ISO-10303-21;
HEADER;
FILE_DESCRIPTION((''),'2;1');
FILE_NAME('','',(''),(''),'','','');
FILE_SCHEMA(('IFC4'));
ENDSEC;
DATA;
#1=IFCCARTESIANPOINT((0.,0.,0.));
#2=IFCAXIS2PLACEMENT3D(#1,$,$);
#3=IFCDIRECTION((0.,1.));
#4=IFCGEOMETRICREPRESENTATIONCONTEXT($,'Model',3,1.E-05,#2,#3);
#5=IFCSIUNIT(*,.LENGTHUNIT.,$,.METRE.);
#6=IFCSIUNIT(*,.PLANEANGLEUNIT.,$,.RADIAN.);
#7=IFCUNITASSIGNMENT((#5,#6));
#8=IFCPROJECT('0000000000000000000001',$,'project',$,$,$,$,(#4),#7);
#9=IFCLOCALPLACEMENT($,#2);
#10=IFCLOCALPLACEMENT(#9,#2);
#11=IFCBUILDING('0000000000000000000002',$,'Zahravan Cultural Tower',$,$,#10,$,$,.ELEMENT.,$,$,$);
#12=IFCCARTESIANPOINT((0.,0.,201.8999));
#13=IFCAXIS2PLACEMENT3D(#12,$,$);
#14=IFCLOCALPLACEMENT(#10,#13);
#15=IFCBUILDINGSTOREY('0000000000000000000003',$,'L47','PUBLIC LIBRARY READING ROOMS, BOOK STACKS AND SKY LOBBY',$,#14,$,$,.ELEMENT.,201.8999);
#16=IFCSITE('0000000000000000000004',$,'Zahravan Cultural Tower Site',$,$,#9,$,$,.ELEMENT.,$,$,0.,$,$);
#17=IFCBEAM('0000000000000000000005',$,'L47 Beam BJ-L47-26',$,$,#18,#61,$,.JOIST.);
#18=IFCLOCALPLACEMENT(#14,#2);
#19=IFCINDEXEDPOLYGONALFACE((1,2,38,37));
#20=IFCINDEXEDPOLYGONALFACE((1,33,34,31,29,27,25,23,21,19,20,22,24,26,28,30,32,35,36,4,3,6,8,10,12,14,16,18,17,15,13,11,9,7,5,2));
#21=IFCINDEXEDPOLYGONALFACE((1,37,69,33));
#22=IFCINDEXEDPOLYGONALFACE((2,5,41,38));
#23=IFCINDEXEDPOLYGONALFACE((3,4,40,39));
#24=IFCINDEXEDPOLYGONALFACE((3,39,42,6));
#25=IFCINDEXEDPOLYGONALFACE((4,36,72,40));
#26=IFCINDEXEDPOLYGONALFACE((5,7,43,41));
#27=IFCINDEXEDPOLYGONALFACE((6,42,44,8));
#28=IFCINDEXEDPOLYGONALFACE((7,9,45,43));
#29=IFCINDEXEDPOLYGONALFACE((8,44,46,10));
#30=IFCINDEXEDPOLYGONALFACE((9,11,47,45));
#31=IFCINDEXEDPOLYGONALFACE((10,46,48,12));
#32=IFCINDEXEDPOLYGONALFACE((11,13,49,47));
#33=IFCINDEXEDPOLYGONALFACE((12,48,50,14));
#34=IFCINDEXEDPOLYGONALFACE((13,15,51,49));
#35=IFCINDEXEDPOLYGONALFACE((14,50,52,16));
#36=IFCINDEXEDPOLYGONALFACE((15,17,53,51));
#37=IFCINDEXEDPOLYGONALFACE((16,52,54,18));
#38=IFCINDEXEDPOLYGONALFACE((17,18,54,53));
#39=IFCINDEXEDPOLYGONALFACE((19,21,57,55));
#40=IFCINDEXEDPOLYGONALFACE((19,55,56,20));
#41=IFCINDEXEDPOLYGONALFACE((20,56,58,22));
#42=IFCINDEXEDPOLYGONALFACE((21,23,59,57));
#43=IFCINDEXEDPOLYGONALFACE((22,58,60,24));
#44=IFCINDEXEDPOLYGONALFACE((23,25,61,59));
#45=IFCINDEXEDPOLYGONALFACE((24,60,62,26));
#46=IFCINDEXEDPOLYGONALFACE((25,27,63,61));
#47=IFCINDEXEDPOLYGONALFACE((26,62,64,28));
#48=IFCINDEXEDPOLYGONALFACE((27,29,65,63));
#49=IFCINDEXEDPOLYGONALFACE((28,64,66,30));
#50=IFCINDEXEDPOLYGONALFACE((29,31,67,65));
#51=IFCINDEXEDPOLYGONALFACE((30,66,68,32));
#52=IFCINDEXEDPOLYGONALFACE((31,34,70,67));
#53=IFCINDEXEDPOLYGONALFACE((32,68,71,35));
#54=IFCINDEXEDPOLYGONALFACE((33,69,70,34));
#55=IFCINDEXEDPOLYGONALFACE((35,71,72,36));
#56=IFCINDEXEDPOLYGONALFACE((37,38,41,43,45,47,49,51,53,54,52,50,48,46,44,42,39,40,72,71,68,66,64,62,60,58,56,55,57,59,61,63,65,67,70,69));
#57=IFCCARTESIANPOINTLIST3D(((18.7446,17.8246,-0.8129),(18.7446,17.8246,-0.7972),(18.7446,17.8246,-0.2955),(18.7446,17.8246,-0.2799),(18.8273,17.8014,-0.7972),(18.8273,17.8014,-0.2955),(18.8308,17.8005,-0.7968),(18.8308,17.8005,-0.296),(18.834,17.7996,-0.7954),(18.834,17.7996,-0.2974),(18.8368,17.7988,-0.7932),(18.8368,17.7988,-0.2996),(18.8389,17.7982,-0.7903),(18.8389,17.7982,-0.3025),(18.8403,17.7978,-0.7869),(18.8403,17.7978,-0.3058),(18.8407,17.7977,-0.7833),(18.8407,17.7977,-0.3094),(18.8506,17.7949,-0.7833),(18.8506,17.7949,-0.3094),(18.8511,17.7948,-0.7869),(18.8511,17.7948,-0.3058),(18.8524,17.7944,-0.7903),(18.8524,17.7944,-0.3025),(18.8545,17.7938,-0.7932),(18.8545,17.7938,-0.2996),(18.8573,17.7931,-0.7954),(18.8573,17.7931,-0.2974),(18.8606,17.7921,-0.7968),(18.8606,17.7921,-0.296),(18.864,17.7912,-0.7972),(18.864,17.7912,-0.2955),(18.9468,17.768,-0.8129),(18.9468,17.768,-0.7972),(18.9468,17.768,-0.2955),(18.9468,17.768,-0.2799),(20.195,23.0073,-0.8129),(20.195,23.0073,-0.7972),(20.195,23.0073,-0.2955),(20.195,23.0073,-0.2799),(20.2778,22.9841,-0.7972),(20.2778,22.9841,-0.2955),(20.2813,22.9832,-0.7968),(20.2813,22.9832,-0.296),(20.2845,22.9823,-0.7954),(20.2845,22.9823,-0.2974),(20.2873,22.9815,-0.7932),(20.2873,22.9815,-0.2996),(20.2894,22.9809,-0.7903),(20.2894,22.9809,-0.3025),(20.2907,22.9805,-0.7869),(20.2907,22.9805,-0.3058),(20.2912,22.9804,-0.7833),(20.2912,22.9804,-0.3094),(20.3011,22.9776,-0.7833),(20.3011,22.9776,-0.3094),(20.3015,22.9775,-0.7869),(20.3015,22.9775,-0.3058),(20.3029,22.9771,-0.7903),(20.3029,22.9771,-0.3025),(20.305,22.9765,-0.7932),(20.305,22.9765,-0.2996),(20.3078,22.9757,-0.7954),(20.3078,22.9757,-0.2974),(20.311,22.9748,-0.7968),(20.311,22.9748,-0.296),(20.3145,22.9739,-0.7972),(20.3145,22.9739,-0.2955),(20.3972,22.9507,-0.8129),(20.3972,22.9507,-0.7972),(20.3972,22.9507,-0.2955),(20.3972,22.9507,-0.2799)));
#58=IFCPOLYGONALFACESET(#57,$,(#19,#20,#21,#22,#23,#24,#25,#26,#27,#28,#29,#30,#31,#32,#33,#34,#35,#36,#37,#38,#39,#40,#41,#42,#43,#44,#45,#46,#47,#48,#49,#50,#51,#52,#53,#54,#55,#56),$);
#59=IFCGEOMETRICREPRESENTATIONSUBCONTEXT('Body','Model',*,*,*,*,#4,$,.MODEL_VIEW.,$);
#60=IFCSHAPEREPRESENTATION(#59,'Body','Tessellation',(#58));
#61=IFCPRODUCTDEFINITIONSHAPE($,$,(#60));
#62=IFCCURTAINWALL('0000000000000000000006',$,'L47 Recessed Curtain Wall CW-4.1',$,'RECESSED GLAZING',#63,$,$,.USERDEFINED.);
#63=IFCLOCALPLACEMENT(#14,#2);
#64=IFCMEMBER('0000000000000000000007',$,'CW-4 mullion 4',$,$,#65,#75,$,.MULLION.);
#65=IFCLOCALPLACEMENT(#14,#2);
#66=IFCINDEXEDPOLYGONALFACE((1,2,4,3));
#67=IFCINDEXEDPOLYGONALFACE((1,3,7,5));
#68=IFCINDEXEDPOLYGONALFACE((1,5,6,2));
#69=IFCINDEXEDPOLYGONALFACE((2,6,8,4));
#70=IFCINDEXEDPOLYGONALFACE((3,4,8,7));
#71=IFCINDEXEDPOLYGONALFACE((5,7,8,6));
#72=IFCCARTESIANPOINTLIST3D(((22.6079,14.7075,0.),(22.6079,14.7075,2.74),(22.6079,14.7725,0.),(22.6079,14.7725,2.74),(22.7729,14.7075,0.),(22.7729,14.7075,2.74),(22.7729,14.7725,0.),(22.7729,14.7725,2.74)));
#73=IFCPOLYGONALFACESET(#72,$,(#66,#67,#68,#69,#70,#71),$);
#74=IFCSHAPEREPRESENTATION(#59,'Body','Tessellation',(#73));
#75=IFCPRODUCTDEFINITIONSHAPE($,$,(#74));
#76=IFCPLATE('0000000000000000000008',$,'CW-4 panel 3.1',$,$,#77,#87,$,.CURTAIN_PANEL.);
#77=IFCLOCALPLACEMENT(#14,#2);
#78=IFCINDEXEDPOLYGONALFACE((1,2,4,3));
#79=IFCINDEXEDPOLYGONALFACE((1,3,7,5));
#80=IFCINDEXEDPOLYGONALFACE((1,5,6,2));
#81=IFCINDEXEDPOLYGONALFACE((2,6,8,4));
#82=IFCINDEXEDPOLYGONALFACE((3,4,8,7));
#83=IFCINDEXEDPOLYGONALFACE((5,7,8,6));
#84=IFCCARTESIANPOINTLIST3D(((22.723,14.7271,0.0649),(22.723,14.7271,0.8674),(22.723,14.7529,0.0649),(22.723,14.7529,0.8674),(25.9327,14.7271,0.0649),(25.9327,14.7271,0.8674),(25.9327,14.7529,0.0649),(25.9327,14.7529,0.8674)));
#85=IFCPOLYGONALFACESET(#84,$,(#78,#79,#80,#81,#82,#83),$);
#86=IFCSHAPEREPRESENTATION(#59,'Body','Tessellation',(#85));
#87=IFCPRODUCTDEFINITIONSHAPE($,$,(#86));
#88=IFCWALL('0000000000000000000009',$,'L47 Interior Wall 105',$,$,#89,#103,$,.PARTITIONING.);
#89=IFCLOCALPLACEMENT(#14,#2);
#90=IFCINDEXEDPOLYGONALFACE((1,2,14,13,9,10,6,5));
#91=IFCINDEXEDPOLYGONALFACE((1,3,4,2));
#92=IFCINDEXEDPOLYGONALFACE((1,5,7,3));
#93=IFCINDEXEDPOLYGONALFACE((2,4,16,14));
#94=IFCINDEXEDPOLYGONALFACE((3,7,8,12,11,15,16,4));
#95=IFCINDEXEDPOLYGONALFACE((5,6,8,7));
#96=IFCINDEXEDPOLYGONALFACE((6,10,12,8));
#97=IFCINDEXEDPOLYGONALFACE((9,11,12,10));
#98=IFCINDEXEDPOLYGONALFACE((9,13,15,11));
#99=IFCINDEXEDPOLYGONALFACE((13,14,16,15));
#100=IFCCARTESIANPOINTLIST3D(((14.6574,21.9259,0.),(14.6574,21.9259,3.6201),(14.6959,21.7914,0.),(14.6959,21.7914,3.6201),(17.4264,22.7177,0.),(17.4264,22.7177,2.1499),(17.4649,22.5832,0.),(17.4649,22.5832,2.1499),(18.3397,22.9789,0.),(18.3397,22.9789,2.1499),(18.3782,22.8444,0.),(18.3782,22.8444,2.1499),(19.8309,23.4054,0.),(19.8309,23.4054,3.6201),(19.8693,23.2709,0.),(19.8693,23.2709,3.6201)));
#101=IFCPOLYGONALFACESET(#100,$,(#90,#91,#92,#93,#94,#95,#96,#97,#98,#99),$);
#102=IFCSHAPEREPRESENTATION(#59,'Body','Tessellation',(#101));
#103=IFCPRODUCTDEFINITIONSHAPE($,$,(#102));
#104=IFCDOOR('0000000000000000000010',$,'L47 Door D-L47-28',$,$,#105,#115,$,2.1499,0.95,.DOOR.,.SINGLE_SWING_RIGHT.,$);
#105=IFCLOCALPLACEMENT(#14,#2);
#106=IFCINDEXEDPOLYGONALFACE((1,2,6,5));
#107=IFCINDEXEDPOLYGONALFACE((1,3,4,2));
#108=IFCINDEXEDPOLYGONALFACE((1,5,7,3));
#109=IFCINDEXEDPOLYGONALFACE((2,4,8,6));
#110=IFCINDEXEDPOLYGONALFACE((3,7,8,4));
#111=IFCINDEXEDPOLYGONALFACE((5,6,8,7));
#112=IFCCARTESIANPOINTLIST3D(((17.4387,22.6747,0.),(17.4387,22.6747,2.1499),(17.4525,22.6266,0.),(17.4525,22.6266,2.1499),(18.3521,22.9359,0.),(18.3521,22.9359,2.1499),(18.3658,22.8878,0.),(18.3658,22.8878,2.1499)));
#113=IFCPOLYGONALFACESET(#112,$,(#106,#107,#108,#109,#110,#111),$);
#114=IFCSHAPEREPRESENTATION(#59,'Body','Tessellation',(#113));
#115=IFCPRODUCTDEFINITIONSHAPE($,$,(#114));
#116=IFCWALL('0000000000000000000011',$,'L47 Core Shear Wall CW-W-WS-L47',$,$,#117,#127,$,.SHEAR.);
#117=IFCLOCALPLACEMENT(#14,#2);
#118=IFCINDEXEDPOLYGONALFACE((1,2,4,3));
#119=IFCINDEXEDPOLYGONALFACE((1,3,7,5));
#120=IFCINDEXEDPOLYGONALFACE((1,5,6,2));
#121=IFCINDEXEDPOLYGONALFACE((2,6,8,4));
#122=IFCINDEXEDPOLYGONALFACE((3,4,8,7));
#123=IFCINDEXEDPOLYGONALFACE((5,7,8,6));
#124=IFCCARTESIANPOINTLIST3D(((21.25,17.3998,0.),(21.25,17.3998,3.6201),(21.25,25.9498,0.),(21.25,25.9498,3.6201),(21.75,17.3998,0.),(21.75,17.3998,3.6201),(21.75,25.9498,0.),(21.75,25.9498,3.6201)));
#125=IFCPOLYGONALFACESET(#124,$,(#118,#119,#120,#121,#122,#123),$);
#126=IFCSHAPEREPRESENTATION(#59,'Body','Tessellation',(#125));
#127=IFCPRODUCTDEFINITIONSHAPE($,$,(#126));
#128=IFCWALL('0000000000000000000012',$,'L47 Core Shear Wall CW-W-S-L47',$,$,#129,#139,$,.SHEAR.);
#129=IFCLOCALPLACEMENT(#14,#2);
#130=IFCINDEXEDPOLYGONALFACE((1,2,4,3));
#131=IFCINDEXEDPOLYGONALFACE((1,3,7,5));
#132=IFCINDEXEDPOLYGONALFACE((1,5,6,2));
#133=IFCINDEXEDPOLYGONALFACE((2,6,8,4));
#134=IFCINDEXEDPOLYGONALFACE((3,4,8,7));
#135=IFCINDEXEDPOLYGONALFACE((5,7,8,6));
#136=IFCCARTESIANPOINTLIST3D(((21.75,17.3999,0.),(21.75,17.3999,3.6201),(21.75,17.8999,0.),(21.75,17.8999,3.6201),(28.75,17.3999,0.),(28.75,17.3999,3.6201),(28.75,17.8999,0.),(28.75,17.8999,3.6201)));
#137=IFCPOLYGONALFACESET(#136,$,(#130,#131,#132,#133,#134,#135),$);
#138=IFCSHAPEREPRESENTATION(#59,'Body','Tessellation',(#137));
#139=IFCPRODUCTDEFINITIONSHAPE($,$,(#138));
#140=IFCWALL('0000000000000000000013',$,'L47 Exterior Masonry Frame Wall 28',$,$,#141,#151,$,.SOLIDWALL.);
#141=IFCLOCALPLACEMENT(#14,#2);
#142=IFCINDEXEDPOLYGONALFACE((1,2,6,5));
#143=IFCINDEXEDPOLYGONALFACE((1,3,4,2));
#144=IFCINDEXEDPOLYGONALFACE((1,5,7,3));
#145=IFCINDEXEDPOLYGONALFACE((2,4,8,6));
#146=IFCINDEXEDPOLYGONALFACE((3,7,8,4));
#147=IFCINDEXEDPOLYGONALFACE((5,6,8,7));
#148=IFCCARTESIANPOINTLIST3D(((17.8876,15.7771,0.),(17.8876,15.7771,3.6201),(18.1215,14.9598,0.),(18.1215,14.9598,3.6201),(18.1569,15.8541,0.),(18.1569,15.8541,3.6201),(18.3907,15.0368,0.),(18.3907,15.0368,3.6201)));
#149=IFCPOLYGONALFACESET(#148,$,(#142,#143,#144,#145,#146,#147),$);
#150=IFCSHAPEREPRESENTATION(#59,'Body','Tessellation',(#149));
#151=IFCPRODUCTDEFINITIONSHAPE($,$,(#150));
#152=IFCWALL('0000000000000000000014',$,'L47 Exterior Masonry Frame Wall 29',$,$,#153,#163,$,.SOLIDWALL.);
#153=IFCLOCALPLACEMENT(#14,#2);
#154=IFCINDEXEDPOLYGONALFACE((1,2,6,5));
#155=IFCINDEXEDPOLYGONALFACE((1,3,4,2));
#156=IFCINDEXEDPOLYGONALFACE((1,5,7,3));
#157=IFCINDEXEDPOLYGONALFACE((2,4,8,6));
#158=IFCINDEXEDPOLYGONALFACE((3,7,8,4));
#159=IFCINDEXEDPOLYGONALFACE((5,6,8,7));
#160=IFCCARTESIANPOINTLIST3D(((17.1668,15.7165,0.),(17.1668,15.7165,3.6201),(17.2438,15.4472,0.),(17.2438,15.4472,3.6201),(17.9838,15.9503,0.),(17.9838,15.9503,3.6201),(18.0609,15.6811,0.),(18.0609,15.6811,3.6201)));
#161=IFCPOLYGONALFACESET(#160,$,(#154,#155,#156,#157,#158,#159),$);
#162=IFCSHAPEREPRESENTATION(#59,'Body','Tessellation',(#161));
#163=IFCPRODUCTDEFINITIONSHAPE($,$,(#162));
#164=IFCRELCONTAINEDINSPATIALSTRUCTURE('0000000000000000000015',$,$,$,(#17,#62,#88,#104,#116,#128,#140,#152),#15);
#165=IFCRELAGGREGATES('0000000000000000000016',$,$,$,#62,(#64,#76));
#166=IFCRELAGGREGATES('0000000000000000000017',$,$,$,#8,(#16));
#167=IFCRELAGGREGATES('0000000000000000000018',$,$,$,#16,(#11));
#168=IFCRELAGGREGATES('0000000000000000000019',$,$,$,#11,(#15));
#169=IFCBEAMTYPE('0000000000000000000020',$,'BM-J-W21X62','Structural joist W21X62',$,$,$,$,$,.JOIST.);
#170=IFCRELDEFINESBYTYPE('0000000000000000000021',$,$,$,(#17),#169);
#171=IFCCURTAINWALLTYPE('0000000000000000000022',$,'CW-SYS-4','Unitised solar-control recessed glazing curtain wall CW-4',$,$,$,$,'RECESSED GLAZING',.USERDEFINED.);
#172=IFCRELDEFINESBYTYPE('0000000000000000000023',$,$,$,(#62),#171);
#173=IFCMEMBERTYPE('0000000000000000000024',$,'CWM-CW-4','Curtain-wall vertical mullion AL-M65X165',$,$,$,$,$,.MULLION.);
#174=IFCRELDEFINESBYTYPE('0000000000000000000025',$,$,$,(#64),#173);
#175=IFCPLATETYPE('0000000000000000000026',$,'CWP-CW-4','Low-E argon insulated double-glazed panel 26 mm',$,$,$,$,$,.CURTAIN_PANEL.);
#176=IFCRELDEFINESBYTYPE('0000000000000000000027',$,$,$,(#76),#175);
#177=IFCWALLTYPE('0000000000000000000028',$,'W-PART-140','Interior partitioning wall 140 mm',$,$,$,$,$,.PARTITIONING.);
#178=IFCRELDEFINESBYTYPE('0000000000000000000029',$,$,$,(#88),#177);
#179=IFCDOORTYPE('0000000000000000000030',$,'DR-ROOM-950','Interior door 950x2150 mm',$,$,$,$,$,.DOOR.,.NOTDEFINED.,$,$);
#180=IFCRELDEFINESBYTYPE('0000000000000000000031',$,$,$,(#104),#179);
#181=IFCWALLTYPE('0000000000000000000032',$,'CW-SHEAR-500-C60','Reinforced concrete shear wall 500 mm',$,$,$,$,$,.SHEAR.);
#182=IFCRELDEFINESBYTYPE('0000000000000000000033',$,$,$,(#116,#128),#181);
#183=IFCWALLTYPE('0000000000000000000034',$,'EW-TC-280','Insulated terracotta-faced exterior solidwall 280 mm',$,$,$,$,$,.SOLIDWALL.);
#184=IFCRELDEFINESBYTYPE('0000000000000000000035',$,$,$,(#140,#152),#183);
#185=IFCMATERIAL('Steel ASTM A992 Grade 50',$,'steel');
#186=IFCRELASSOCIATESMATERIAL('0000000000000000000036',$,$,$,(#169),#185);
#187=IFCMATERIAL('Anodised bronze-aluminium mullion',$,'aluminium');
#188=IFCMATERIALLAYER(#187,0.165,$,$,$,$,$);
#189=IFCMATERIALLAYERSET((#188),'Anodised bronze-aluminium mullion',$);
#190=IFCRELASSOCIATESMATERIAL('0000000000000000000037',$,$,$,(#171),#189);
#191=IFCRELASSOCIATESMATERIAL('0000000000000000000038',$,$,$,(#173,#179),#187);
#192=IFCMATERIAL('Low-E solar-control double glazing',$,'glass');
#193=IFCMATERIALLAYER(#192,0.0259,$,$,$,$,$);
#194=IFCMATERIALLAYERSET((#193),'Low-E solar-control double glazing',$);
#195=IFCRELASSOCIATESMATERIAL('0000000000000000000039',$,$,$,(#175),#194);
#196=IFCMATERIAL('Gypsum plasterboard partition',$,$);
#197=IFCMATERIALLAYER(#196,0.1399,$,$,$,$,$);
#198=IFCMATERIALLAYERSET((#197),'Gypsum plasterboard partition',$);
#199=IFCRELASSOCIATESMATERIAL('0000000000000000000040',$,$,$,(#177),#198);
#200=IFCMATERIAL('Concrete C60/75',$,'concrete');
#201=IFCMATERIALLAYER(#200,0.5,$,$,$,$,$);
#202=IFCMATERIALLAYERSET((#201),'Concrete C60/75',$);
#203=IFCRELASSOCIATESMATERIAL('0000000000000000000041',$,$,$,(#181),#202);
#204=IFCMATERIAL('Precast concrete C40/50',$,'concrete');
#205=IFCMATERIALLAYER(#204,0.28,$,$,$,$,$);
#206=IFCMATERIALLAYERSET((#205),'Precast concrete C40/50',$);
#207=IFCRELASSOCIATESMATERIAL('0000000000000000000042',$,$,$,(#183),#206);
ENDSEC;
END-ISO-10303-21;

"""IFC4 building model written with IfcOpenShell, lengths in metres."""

from ifc_helpers import new_model, si_unit, direction, frame, frame_2d, origin, origin_2d, place, context, subcontext, project, spatial, rectangle, i_section, extrude, source, transform, mapped, material, layer, layer_set, material_profile, profile_set, type_object, element, fill, aggregate, save


model = new_model("IFC4")

# Units and contexts
model_context = context("Model", 3, precision=1e-05, world=origin(), true_north=direction((0.0, 1.0)))
body_context = subcontext(model_context, "Body", "Model", "MODEL_VIEW")
ifc_project = project(units=[si_unit("LENGTHUNIT", "METRE"), si_unit("PLANEANGLEUNIT", "RADIAN")], contexts=[model_context])

# Site, building, storey
site_placement = place(None, origin())
site = spatial("IfcSite", under=ifc_project, at=site_placement, Name="Zahravan Cultural Tower Site", CompositionType="ELEMENT", RefElevation=0.0)
building_placement = place(site_placement, origin())
building = spatial("IfcBuilding", under=site, at=building_placement, Name="Zahravan Cultural Tower", CompositionType="ELEMENT")
storey_placement = place(building_placement, frame((0.0, 0.0, 201.8999)))
storey = spatial("IfcBuildingStorey", under=building, at=storey_placement, Name="L47", Description="PUBLIC LIBRARY READING ROOMS, BOOK STACKS AND SKY LOBBY", CompositionType="ELEMENT", Elevation=201.8999)

# Beam
ifc_material_1 = material(Name="Steel ASTM A992 Grade 50", Category="steel")
ifc_material_profile_1 = material_profile(ifc_material_1, i_section(OverallWidth=0.21, OverallDepth=0.533, WebThickness=0.0103, FlangeThickness=0.0156, FilletRadius=0.0139, at=origin_2d()), Name="W21X62")
ifc_profile_set_1 = profile_set([ifc_material_profile_1], Name="Steel ASTM A992 Grade 50")
beam_type_1 = type_object("IfcBeamType", Name="BM-J-W21X62", Description="Structural joist W21X62", PredefinedType="JOIST", material=ifc_profile_set_1)
shared_shape_1 = source(origin(), body_context, "Body", "SweptSolid", [
    extrude(i_section(OverallWidth=0.21, OverallDepth=0.533, WebThickness=0.0103, FlangeThickness=0.0156, FilletRadius=0.0139, at=origin_2d()), origin(), (0.0, 0.0, 1.0), 5.3818),
])
beam_1_placement = place(storey_placement, frame((20.2961, 22.979, -0.5464), z_axis=(-0.26951, -0.962997, 0.0), x_axis=(0.962997, -0.26951, 0.0)))
element("IfcBeam", 1, at=beam_1_placement, inside=storey, type_object=beam_type_1, Name="L47 Beam BJ-L47-26", PredefinedType="JOIST", context=body_context, shape_type="MappedRepresentation", body=[
    mapped(shared_shape_1, transform((0.0, 0.0, 0.0), x_axis=(1.0, 0.0, 0.0), y_axis=(0.0, 1.0, 0.0), z_axis=(0.0, 0.0, 1.0), scale=1.0)),
])

# Curtain wall, member, plate
ifc_material_2 = material(Name="Anodised bronze-aluminium mullion", Category="aluminium")
ifc_layer_1 = layer(ifc_material_2, 0.165)
ifc_layer_set_1 = layer_set([ifc_layer_1], Name="Anodised bronze-aluminium mullion")
curtain_wall_type = type_object("IfcCurtainWallType", Name="CW-SYS-4", Description="Unitised solar-control recessed glazing curtain wall CW-4", ElementType="RECESSED GLAZING", PredefinedType="USERDEFINED", material=ifc_layer_set_1)
curtain_wall_placement = place(storey_placement, origin())
curtain_wall = element("IfcCurtainWall", 2, at=curtain_wall_placement, inside=storey, type_object=curtain_wall_type, Name="L47 Recessed Curtain Wall CW-4.1", ObjectType="RECESSED GLAZING", PredefinedType="USERDEFINED")
ifc_material_profile_2 = material_profile(ifc_material_2, rectangle(XDim=0.0649, YDim=0.165, at=origin_2d()), Name="AL-M65X165")
ifc_profile_set_2 = profile_set([ifc_material_profile_2], Name="Anodised bronze-aluminium mullion")
member_type = type_object("IfcMemberType", Name="CWM-CW-4", Description="Curtain-wall vertical mullion AL-M65X165", PredefinedType="MULLION", material=ifc_profile_set_2)
shared_shape_2 = source(origin(), body_context, "Body", "SweptSolid", [
    extrude(rectangle(XDim=0.0649, YDim=0.165, at=origin_2d()), origin(), (0.0, 0.0, 1.0), 2.74),
])
member_placement = place(storey_placement, frame((22.6904, 14.74, 0.0), z_axis=(0.0, 0.0, 1.0), x_axis=(0.0, -1.0, 0.0)))
member = element("IfcMember", 3, at=member_placement, type_object=member_type, Name="CW-4 mullion 4", PredefinedType="MULLION", context=body_context, shape_type="MappedRepresentation", body=[
    mapped(shared_shape_2, transform((0.0, 0.0, 0.0), x_axis=(1.0, 0.0, 0.0), y_axis=(0.0, 1.0, 0.0), z_axis=(0.0, 0.0, 1.0), scale=1.0)),
])
ifc_material_3 = material(Name="Low-E solar-control double glazing", Category="glass")
ifc_layer_2 = layer(ifc_material_3, 0.0259)
ifc_layer_set_2 = layer_set([ifc_layer_2], Name="Low-E solar-control double glazing")
plate_type = type_object("IfcPlateType", Name="CWP-CW-4", Description="Low-E argon insulated double-glazed panel 26 mm", PredefinedType="CURTAIN_PANEL", material=ifc_layer_set_2)
shared_shape_3 = source(origin(), body_context, "Body", "SweptSolid", [
    extrude(rectangle(XDim=3.2097, YDim=0.0259, at=origin_2d()), origin(), (0.0, 0.0, 1.0), 0.8025),
])
plate_placement = place(storey_placement, frame((24.3279, 14.74, 0.0649), z_axis=(0.0, 0.0, 1.0), x_axis=(-1.0, 0.0, 0.0)))
plate = element("IfcPlate", 4, at=plate_placement, type_object=plate_type, Name="CW-4 panel 3.1", PredefinedType="CURTAIN_PANEL", context=body_context, shape_type="MappedRepresentation", body=[
    mapped(shared_shape_3, transform((0.0, 0.0, 0.0), x_axis=(1.0, 0.0, 0.0), y_axis=(0.0, 1.0, 0.0), z_axis=(0.0, 0.0, 1.0), scale=1.0)),
])
aggregate(curtain_wall, [member, plate])

# Wall, opening, door
ifc_material_4 = material(Name="Gypsum plasterboard partition")
ifc_layer_3 = layer(ifc_material_4, 0.1399)
ifc_layer_set_3 = layer_set([ifc_layer_3], Name="Gypsum plasterboard partition")
wall_type_1 = type_object("IfcWallType", Name="W-PART-140", Description="Interior partitioning wall 140 mm", PredefinedType="PARTITIONING", material=ifc_layer_set_3)
wall_1_placement = place(storey_placement, frame((19.8501, 23.3381, 0.0), z_axis=(0.0, 0.0, 1.0), x_axis=(-0.961455, -0.274961, 0.0)))
wall_1 = element("IfcWall", 5, at=wall_1_placement, inside=storey, type_object=wall_type_1, Name="L47 Interior Wall 105", PredefinedType="PARTITIONING", context=body_context, shape_type="SweptSolid", body=[
    extrude(rectangle(XDim=5.3809, YDim=0.1399, at=frame_2d((2.6904, 0.0))), origin(), (0.0, 0.0, 1.0), 3.6201),
])
opening_placement = place(wall_1_placement, frame((1.5508, 0.0, 0.0)))
opening = element("IfcOpeningElement", 6, at=opening_placement, cuts=wall_1, PredefinedType="OPENING", context=body_context, shape_type="SweptSolid", body=[
    extrude(rectangle(XDim=0.95, YDim=2.1499, at=frame_2d((0.4751, 1.075))), frame((0.0, 0.0798, 0.0), z_axis=(0.0, -1.0, 0.0), x_axis=(1.0, 0.0, 0.0)), (0.0, 0.0, 1.0), 0.1599),
])
door_type = type_object("IfcDoorType", Name="DR-ROOM-950", Description="Interior door 950x2150 mm", OperationType="NOTDEFINED", PredefinedType="DOOR", material=ifc_material_2)
shared_shape_4 = source(origin(), body_context, "Body", "SweptSolid", [
    extrude(rectangle(XDim=0.95, YDim=2.1499, at=frame_2d((0.4751, 1.075))), frame((0.0, 0.0249, 0.0), z_axis=(0.0, -1.0, 0.0), x_axis=(1.0, 0.0, 0.0)), (0.0, 0.0, 1.0), 0.05),
])
door_placement = place(opening_placement, origin())
door = element("IfcDoor", 7, at=door_placement, inside=storey, type_object=door_type, Name="L47 Door D-L47-28", OperationType="SINGLE_SWING_RIGHT", OverallHeight=2.1499, OverallWidth=0.95, PredefinedType="DOOR", context=body_context, shape_type="MappedRepresentation", body=[
    mapped(shared_shape_4, transform((0.0, 0.0, 0.0), x_axis=(1.0, 0.0, 0.0), y_axis=(0.0, 1.0, 0.0), z_axis=(0.0, 0.0, 1.0), scale=1.0)),
])
fill(opening, door)

# Walls
ifc_material_5 = material(Name="Concrete C60/75", Category="concrete")
ifc_layer_4 = layer(ifc_material_5, 0.5)
ifc_layer_set_4 = layer_set([ifc_layer_4], Name="Concrete C60/75")
wall_type_2 = type_object("IfcWallType", Name="CW-SHEAR-500-C60", Description="Reinforced concrete shear wall 500 mm", PredefinedType="SHEAR", material=ifc_layer_set_4)
shared_shape_5 = source(origin(), body_context, "Body", "SweptSolid", [
    extrude(rectangle(XDim=8.55, YDim=0.5, at=frame_2d((4.2749, 0.0))), origin(), (0.0, 0.0, 1.0), 3.6201),
])
wall_2_placement = place(storey_placement, frame((21.5, 17.3999, 0.0), z_axis=(0.0, 0.0, 1.0), x_axis=(0.0, 1.0, 0.0)))
element("IfcWall", 8, at=wall_2_placement, inside=storey, type_object=wall_type_2, Name="L47 Core Shear Wall CW-W-WS-L47", PredefinedType="SHEAR", context=body_context, shape_type="MappedRepresentation", body=[
    mapped(shared_shape_5, transform((0.0, 0.0, 0.0), x_axis=(1.0, 0.0, 0.0), y_axis=(0.0, 1.0, 0.0), z_axis=(0.0, 0.0, 1.0), scale=1.0)),
])
shared_shape_6 = source(origin(), body_context, "Body", "SweptSolid", [
    extrude(rectangle(XDim=7.0, YDim=0.5, at=frame_2d((3.5, 0.0))), origin(), (0.0, 0.0, 1.0), 3.6201),
])
wall_3_placement = place(storey_placement, frame((21.75, 17.6499, 0.0), z_axis=(0.0, 0.0, 1.0), x_axis=(1.0, 0.0, 0.0)))
element("IfcWall", 9, at=wall_3_placement, inside=storey, type_object=wall_type_2, Name="L47 Core Shear Wall CW-W-S-L47", PredefinedType="SHEAR", context=body_context, shape_type="MappedRepresentation", body=[
    mapped(shared_shape_6, transform((0.0, 0.0, 0.0), x_axis=(1.0, 0.0, 0.0), y_axis=(0.0, 1.0, 0.0), z_axis=(0.0, 0.0, 1.0), scale=1.0)),
])
ifc_material_6 = material(Name="Precast concrete C40/50", Category="concrete")
ifc_layer_5 = layer(ifc_material_6, 0.28)
ifc_layer_set_5 = layer_set([ifc_layer_5], Name="Precast concrete C40/50")
wall_type_3 = type_object("IfcWallType", Name="EW-TC-280", Description="Insulated terracotta-faced exterior solidwall 280 mm", PredefinedType="SOLIDWALL", material=ifc_layer_set_5)
shared_shape_7 = source(origin(), body_context, "Body", "SweptSolid", [
    extrude(rectangle(XDim=0.8501, YDim=0.28, at=frame_2d((0.425, 0.0))), origin(), (0.0, 0.0, 1.0), 3.6201),
])
wall_4_placement = place(storey_placement, frame((18.2561, 14.9983, 0.0), z_axis=(0.0, 0.0, 1.0), x_axis=(-0.2751, 0.961416, 0.0)))
element("IfcWall", 10, at=wall_4_placement, inside=storey, type_object=wall_type_3, Name="L47 Exterior Masonry Frame Wall 28", PredefinedType="SOLIDWALL", context=body_context, shape_type="MappedRepresentation", body=[
    mapped(shared_shape_7, transform((0.0, 0.0, 0.0), x_axis=(1.0, 0.0, 0.0), y_axis=(0.0, 1.0, 0.0), z_axis=(0.0, 0.0, 1.0), scale=1.0)),
])
shared_shape_8 = source(origin(), body_context, "Body", "SweptSolid", [
    extrude(rectangle(XDim=0.8499, YDim=0.28, at=frame_2d((0.4248, 0.0))), origin(), (0.0, 0.0, 1.0), 3.6201),
])
wall_5_placement = place(storey_placement, frame((18.0222, 15.8157, 0.0), z_axis=(0.0, 0.0, 1.0), x_axis=(-0.961394, -0.275176, 0.0)))
element("IfcWall", 11, at=wall_5_placement, inside=storey, type_object=wall_type_3, Name="L47 Exterior Masonry Frame Wall 29", PredefinedType="SOLIDWALL", context=body_context, shape_type="MappedRepresentation", body=[
    mapped(shared_shape_8, transform((0.0, 0.0, 0.0), x_axis=(1.0, 0.0, 0.0), y_axis=(0.0, 1.0, 0.0), z_axis=(0.0, 0.0, 1.0), scale=1.0)),
])

save(model, "model.ifc")
